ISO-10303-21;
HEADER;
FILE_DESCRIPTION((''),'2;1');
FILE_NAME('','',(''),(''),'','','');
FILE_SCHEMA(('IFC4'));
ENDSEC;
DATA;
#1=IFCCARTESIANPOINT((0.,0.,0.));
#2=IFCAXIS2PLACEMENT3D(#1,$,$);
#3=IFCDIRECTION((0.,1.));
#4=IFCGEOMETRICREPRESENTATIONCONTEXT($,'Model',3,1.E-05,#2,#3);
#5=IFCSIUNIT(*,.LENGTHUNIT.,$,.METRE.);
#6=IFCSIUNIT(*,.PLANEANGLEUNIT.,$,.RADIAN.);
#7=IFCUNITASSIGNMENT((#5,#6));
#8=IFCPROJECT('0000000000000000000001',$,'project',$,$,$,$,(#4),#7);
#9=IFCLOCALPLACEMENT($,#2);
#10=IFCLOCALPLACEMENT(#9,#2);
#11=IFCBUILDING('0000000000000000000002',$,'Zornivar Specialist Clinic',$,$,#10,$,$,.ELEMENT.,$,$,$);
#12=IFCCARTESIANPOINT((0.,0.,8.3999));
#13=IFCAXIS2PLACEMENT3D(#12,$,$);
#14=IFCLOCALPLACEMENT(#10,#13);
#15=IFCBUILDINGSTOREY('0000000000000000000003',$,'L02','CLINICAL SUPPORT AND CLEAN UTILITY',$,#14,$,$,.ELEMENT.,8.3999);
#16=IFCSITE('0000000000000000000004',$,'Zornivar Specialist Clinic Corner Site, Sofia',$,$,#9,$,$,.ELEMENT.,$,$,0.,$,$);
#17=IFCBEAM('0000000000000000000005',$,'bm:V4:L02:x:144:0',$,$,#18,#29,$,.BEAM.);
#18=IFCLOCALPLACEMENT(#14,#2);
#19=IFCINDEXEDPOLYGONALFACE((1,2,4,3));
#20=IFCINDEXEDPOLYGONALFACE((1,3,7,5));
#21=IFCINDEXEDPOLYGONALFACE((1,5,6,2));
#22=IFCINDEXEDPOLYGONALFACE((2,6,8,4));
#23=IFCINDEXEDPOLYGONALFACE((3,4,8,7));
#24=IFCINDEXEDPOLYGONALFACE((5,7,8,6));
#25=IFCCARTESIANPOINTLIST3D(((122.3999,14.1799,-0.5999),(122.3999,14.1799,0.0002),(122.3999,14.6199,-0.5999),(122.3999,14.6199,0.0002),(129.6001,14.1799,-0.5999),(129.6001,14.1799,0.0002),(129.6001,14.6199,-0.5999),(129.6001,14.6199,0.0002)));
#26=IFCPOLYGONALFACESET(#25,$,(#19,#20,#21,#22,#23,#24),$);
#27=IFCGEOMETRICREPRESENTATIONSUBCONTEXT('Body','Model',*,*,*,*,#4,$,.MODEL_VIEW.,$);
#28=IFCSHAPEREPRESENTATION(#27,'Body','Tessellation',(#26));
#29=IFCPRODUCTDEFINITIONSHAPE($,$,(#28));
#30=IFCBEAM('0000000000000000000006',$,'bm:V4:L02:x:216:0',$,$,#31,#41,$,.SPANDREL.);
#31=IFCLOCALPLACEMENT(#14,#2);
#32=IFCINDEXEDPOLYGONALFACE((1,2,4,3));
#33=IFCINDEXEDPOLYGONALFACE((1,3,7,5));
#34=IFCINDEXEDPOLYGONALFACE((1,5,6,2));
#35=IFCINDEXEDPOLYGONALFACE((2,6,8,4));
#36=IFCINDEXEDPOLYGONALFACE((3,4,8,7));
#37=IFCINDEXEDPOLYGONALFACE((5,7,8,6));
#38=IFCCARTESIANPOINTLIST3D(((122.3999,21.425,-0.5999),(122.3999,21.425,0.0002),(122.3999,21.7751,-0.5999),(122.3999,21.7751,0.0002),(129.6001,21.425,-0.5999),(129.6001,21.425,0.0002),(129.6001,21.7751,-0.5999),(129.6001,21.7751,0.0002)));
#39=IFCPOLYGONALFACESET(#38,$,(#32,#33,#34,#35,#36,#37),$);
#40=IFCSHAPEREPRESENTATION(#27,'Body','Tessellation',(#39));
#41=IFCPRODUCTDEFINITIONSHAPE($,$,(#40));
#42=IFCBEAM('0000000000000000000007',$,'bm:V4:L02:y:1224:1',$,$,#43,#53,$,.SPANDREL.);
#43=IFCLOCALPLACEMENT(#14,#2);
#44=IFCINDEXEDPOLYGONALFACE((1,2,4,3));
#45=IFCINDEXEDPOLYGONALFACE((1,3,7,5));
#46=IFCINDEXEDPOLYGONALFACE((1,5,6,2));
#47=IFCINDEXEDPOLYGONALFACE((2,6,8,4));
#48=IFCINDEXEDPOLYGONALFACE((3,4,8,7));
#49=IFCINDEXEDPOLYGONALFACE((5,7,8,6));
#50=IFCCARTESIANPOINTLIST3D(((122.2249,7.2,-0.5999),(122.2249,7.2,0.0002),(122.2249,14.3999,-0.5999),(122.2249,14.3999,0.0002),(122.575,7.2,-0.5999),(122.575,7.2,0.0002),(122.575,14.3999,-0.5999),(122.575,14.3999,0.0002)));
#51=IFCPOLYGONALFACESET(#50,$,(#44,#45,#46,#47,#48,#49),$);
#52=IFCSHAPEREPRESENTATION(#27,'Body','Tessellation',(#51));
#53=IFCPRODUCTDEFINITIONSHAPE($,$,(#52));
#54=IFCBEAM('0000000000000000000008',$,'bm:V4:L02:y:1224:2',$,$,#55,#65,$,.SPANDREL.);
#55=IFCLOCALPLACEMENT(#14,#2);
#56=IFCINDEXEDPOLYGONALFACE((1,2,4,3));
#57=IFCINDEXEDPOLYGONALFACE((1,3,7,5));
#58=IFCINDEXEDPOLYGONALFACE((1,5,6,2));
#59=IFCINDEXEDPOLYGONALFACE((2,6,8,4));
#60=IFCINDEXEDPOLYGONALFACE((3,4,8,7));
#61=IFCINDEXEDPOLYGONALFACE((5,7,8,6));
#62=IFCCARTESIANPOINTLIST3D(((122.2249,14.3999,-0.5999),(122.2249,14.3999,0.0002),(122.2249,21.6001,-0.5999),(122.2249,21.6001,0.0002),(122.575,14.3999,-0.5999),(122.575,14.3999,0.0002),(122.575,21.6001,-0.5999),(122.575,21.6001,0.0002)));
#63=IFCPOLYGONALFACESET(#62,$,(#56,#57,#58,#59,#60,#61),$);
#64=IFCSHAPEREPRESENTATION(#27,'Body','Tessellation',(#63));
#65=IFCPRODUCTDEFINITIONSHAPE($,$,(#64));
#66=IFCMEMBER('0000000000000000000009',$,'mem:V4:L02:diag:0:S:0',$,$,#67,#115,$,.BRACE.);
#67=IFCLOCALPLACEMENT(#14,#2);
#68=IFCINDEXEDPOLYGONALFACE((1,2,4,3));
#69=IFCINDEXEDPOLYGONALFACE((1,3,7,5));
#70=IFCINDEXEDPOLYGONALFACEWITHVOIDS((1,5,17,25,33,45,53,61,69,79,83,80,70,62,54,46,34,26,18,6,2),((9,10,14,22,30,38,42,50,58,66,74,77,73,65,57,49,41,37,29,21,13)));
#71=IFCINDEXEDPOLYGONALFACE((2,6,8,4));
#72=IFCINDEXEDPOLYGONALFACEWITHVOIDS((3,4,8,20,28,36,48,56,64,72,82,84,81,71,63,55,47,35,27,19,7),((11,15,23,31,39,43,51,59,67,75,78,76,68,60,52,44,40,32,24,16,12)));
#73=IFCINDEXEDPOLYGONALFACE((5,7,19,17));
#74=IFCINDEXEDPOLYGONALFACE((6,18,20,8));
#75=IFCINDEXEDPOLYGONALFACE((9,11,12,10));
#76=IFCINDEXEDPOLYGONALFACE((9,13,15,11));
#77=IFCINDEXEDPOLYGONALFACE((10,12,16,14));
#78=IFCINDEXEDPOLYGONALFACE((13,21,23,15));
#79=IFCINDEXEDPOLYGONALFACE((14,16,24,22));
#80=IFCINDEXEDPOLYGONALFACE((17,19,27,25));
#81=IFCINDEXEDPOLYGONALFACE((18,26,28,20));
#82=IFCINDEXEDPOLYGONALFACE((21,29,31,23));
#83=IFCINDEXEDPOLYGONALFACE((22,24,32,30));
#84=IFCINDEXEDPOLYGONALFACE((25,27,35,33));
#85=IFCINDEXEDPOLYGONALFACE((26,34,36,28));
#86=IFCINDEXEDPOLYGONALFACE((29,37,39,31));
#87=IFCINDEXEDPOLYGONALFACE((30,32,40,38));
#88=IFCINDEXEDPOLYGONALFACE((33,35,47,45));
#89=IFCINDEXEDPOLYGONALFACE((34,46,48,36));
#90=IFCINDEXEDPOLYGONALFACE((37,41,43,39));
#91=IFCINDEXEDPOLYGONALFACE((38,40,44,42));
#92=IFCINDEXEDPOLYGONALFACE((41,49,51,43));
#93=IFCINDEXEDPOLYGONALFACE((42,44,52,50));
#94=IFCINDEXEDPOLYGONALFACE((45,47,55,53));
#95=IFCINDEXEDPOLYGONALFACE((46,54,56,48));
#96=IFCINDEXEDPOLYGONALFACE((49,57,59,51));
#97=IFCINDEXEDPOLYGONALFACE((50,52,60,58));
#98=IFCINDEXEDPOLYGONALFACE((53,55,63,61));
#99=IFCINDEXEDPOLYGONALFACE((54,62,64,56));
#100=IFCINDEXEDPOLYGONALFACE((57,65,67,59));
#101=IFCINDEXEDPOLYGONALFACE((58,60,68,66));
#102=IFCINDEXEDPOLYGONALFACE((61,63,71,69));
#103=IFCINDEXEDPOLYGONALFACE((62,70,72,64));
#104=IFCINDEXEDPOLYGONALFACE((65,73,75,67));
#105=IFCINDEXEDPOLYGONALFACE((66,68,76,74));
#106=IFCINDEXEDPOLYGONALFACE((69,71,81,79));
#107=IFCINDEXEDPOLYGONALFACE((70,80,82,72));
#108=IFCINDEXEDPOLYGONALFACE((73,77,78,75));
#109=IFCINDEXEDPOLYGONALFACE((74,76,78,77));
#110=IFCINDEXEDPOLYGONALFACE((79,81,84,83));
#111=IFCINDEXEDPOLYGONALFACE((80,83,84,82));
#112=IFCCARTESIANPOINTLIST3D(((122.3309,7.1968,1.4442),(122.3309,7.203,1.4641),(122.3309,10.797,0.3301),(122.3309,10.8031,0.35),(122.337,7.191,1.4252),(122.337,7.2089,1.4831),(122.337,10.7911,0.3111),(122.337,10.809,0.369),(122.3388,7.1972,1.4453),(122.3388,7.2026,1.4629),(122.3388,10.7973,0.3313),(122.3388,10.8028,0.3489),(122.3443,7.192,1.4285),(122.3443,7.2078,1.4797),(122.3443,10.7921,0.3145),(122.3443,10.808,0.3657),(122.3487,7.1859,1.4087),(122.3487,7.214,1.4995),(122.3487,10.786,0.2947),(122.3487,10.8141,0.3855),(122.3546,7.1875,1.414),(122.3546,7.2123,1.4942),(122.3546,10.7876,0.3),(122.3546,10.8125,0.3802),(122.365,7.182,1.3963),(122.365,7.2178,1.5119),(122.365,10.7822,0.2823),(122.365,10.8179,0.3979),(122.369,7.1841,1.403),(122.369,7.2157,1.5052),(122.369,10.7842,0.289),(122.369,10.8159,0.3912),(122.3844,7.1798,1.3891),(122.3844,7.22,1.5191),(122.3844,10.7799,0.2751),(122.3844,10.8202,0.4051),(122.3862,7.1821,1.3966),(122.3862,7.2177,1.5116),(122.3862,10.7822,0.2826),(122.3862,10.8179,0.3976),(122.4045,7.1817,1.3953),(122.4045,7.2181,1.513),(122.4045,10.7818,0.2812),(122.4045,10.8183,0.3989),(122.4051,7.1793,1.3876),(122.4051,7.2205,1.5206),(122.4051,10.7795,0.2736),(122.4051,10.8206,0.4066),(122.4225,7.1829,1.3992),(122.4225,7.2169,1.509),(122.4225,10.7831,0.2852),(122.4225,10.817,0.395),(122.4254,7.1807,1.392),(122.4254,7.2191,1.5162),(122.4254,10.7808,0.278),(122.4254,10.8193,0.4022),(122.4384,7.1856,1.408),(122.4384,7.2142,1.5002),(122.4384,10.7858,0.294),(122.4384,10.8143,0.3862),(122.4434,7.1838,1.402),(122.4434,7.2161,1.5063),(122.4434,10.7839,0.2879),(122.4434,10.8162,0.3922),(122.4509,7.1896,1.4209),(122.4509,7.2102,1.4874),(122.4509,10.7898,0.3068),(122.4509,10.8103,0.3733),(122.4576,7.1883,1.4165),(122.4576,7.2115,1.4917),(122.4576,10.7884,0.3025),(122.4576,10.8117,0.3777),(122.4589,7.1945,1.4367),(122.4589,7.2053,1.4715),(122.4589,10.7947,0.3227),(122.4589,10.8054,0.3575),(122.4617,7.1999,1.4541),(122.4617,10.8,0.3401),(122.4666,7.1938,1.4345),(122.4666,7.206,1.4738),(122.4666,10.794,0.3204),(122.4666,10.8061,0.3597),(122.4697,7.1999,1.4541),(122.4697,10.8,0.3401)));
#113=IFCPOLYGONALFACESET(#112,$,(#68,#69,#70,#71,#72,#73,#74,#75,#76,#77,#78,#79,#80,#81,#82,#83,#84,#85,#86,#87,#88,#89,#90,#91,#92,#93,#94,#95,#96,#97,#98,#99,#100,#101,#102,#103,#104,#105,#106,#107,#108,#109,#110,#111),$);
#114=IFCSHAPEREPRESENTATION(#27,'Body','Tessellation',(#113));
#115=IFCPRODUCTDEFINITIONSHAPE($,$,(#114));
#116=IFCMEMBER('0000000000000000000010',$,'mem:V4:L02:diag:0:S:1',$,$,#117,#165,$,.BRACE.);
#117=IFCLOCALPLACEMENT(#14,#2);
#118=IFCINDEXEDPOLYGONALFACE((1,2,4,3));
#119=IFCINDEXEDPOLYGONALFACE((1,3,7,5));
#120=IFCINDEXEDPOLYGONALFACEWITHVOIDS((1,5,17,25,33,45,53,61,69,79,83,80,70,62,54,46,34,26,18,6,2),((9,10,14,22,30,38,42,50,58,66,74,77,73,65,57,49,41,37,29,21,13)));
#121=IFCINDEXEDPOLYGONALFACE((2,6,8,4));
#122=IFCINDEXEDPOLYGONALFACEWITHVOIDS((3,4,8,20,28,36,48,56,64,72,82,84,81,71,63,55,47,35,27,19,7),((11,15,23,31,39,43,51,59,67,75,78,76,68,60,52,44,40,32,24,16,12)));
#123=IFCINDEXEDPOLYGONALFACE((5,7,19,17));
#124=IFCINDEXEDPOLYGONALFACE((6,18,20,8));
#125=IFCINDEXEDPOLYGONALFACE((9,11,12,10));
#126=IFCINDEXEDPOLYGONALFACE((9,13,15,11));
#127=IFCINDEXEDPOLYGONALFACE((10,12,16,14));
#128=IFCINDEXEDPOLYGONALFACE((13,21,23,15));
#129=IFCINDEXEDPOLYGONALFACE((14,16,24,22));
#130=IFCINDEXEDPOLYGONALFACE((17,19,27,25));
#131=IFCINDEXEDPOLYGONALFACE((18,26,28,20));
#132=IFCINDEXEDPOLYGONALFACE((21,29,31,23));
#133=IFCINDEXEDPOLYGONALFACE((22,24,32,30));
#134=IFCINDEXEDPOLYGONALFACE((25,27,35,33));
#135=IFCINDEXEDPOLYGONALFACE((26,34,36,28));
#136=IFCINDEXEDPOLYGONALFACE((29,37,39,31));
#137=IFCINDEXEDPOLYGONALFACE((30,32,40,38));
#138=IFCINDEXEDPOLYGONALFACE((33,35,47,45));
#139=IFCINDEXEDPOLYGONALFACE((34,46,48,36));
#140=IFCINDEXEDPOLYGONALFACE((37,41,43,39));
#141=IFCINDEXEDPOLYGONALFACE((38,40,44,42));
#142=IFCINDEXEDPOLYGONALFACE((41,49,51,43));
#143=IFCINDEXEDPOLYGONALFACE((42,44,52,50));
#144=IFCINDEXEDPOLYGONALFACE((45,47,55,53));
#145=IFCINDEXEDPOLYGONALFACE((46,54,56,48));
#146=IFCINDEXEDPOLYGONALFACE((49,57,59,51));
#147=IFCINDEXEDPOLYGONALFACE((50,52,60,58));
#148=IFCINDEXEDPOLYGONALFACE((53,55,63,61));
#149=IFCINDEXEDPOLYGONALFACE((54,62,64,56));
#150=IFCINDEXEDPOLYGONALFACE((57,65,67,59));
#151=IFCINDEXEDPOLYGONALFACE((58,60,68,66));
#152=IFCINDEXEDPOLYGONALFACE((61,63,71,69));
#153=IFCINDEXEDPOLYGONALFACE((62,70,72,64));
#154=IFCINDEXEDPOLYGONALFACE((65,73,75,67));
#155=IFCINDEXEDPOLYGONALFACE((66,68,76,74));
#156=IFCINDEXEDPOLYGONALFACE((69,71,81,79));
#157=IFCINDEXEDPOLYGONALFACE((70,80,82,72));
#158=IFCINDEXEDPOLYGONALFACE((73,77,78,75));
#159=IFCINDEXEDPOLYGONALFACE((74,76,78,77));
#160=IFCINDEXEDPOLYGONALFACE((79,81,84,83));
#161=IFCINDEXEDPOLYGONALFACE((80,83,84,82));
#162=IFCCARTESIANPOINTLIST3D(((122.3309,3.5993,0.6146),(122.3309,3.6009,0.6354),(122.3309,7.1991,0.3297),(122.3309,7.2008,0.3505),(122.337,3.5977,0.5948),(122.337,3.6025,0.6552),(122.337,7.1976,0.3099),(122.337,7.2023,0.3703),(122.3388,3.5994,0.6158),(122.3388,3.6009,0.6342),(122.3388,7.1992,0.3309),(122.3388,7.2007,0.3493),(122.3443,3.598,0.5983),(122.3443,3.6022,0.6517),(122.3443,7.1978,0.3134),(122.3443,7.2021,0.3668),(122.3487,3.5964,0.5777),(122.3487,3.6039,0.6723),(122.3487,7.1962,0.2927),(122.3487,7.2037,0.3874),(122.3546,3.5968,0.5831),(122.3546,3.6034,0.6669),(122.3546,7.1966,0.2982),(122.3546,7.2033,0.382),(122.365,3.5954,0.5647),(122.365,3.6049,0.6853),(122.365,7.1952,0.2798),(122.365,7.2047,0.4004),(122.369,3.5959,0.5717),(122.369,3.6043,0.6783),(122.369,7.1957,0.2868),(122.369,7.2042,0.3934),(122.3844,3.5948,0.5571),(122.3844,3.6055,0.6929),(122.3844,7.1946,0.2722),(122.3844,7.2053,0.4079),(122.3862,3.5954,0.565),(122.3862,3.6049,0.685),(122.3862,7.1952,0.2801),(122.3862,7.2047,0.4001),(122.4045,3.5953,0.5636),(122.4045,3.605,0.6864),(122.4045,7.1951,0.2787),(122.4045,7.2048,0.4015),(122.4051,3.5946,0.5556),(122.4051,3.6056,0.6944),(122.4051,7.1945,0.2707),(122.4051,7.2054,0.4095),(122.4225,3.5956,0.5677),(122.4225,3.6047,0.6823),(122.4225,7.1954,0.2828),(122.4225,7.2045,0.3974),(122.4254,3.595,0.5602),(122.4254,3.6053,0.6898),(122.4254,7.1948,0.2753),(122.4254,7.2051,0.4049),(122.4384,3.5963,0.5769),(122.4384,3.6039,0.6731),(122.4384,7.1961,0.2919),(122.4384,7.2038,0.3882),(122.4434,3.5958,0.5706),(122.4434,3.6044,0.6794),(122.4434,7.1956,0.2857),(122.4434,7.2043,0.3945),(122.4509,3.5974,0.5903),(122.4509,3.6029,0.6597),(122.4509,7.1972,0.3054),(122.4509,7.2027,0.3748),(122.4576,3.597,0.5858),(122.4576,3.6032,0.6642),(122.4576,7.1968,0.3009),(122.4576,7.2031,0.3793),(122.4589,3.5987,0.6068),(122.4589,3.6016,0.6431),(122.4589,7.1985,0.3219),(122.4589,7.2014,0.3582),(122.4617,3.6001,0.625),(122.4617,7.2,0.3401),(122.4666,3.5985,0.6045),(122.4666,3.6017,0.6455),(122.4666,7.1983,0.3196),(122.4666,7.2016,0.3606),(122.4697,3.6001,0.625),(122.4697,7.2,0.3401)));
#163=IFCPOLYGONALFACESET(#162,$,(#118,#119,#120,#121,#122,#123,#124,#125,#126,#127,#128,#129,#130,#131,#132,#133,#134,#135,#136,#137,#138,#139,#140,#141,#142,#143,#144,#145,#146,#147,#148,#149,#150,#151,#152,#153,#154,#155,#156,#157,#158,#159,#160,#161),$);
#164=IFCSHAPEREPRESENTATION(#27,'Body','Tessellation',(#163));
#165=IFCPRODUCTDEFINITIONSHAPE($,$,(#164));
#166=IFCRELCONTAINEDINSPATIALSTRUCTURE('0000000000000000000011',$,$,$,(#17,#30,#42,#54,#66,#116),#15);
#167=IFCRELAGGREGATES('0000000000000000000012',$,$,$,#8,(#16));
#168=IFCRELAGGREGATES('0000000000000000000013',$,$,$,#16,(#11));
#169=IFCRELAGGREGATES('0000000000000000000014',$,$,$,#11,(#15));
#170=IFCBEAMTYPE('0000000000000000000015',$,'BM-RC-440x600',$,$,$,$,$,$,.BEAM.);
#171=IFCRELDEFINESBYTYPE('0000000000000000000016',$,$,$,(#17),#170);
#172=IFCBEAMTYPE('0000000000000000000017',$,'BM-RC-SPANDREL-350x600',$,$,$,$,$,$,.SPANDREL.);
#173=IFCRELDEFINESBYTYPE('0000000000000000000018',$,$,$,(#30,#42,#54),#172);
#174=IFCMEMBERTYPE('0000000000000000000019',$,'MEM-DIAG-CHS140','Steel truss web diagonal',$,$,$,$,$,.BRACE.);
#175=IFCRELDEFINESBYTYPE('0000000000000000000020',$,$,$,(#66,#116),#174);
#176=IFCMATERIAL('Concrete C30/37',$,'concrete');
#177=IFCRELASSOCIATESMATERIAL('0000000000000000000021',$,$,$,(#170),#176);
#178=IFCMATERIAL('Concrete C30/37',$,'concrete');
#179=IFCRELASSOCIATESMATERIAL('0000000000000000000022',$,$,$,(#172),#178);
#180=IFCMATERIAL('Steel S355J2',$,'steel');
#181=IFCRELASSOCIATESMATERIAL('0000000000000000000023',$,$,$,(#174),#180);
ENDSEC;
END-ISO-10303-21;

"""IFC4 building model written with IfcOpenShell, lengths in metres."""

from ifc_helpers import new_model, si_unit, direction, frame, origin, origin_2d, place, context, subcontext, project, spatial, rectangle, hollow_circle, extrude, material, material_profile, profile_set, type_object, element, save


model = new_model("IFC4")

# Units and contexts
model_context = context("Model", 3, precision=1e-05, world=origin(), true_north=direction((0.0, 1.0)))
body_context = subcontext(model_context, "Body", "Model", "MODEL_VIEW")
ifc_project = project(units=[si_unit("LENGTHUNIT", "METRE"), si_unit("PLANEANGLEUNIT", "RADIAN")], contexts=[model_context])

# Site, building, storey
site_placement = place(None, origin())
site = spatial("IfcSite", under=ifc_project, at=site_placement, Name="Zornivar Specialist Clinic Corner Site, Sofia", CompositionType="ELEMENT", RefElevation=0.0)
building_placement = place(site_placement, origin())
building = spatial("IfcBuilding", under=site, at=building_placement, Name="Zornivar Specialist Clinic", CompositionType="ELEMENT")
storey_placement = place(building_placement, frame((0.0, 0.0, 8.3999)))
storey = spatial("IfcBuildingStorey", under=building, at=storey_placement, Name="L02", Description="CLINICAL SUPPORT AND CLEAN UTILITY", CompositionType="ELEMENT", Elevation=8.3999)

# Beams
ifc_material_1 = material(Name="Concrete C30/37", Category="concrete")
ifc_material_profile_1 = material_profile(ifc_material_1, rectangle(XDim=0.4399, YDim=0.6001, at=origin_2d()), Name="RC 440x600")
ifc_profile_set_1 = profile_set([ifc_material_profile_1], Name="Concrete C30/37")
beam_type_1 = type_object("IfcBeamType", Name="BM-RC-440x600", PredefinedType="BEAM", material=ifc_profile_set_1)
beam_1_placement = place(storey_placement, frame((122.3999, 14.3999, -0.2998), z_axis=(1.0, 0.0, 0.0), x_axis=(0.0, 1.0, 0.0)))
element("IfcBeam", 1, at=beam_1_placement, inside=storey, type_object=beam_type_1, Name="bm:V4:L02:x:144:0", PredefinedType="BEAM", context=body_context, shape_type="SweptSolid", body=[
    extrude(rectangle(XDim=0.4399, YDim=0.6001, at=origin_2d()), origin(), (0.0, 0.0, 1.0), 7.2002),
])
ifc_material_2 = material(Name="Concrete C30/37", Category="concrete")
ifc_material_profile_2 = material_profile(ifc_material_2, rectangle(XDim=0.3501, YDim=0.6001, at=origin_2d()), Name="RC 350x600")
ifc_profile_set_2 = profile_set([ifc_material_profile_2], Name="Concrete C30/37")
beam_type_2 = type_object("IfcBeamType", Name="BM-RC-SPANDREL-350x600", PredefinedType="SPANDREL", material=ifc_profile_set_2)
beam_2_placement = place(storey_placement, frame((122.3999, 21.6001, -0.2998), z_axis=(1.0, 0.0, 0.0), x_axis=(0.0, 1.0, 0.0)))
element("IfcBeam", 2, at=beam_2_placement, inside=storey, type_object=beam_type_2, Name="bm:V4:L02:x:216:0", PredefinedType="SPANDREL", context=body_context, shape_type="SweptSolid", body=[
    extrude(rectangle(XDim=0.3501, YDim=0.6001, at=origin_2d()), origin(), (0.0, 0.0, 1.0), 7.2002),
])
beam_3_placement = place(storey_placement, frame((122.3999, 7.2, -0.2998), z_axis=(0.0, 1.0, 0.0), x_axis=(-1.0, 0.0, 0.0)))
element("IfcBeam", 3, at=beam_3_placement, inside=storey, type_object=beam_type_2, Name="bm:V4:L02:y:1224:1", PredefinedType="SPANDREL", context=body_context, shape_type="SweptSolid", body=[
    extrude(rectangle(XDim=0.3501, YDim=0.6001, at=origin_2d()), origin(), (0.0, 0.0, 1.0), 7.2),
])
beam_4_placement = place(storey_placement, frame((122.3999, 14.3999, -0.2998), z_axis=(0.0, 1.0, 0.0), x_axis=(-1.0, 0.0, 0.0)))
element("IfcBeam", 4, at=beam_4_placement, inside=storey, type_object=beam_type_2, Name="bm:V4:L02:y:1224:2", PredefinedType="SPANDREL", context=body_context, shape_type="SweptSolid", body=[
    extrude(rectangle(XDim=0.3501, YDim=0.6001, at=origin_2d()), origin(), (0.0, 0.0, 1.0), 7.2002),
])

# Members
ifc_material_3 = material(Name="Steel S355J2", Category="steel")
ifc_material_profile_3 = material_profile(ifc_material_3, hollow_circle(Radius=0.0698, WallThickness=0.0081, at=origin_2d()), Name="CHS 139.7x8")
ifc_profile_set_3 = profile_set([ifc_material_profile_3], Name="Steel S355J2")
member_type_1 = type_object("IfcMemberType", Name="MEM-DIAG-CHS140", Description="Steel truss web diagonal", PredefinedType="BRACE", material=ifc_profile_set_3)
member_1_placement = place(storey_placement, frame((122.3999, 10.8, 0.3401), z_axis=(0.0, -0.955309, 0.295611), x_axis=(1.0, 0.0, 0.0)))
element("IfcMember", 5, at=member_1_placement, inside=storey, type_object=member_type_1, Name="mem:V4:L02:diag:0:S:0", PredefinedType="BRACE", context=body_context, shape_type="SweptSolid", body=[
    extrude(hollow_circle(Radius=0.0698, WallThickness=0.0081, at=origin_2d()), origin(), (0.0, 0.0, 1.0), 3.7686),
])
member_2_placement = place(storey_placement, frame((122.3999, 7.2, 0.3401), z_axis=(0.0, -0.996883, 0.078899), x_axis=(1.0, 0.0, 0.0)))
element("IfcMember", 6, at=member_2_placement, inside=storey, type_object=member_type_1, Name="mem:V4:L02:diag:0:S:1", PredefinedType="BRACE", context=body_context, shape_type="SweptSolid", body=[
    extrude(hollow_circle(Radius=0.0698, WallThickness=0.0081, at=origin_2d()), origin(), (0.0, 0.0, 1.0), 3.6111),
])

save(model, "model.ifc")
